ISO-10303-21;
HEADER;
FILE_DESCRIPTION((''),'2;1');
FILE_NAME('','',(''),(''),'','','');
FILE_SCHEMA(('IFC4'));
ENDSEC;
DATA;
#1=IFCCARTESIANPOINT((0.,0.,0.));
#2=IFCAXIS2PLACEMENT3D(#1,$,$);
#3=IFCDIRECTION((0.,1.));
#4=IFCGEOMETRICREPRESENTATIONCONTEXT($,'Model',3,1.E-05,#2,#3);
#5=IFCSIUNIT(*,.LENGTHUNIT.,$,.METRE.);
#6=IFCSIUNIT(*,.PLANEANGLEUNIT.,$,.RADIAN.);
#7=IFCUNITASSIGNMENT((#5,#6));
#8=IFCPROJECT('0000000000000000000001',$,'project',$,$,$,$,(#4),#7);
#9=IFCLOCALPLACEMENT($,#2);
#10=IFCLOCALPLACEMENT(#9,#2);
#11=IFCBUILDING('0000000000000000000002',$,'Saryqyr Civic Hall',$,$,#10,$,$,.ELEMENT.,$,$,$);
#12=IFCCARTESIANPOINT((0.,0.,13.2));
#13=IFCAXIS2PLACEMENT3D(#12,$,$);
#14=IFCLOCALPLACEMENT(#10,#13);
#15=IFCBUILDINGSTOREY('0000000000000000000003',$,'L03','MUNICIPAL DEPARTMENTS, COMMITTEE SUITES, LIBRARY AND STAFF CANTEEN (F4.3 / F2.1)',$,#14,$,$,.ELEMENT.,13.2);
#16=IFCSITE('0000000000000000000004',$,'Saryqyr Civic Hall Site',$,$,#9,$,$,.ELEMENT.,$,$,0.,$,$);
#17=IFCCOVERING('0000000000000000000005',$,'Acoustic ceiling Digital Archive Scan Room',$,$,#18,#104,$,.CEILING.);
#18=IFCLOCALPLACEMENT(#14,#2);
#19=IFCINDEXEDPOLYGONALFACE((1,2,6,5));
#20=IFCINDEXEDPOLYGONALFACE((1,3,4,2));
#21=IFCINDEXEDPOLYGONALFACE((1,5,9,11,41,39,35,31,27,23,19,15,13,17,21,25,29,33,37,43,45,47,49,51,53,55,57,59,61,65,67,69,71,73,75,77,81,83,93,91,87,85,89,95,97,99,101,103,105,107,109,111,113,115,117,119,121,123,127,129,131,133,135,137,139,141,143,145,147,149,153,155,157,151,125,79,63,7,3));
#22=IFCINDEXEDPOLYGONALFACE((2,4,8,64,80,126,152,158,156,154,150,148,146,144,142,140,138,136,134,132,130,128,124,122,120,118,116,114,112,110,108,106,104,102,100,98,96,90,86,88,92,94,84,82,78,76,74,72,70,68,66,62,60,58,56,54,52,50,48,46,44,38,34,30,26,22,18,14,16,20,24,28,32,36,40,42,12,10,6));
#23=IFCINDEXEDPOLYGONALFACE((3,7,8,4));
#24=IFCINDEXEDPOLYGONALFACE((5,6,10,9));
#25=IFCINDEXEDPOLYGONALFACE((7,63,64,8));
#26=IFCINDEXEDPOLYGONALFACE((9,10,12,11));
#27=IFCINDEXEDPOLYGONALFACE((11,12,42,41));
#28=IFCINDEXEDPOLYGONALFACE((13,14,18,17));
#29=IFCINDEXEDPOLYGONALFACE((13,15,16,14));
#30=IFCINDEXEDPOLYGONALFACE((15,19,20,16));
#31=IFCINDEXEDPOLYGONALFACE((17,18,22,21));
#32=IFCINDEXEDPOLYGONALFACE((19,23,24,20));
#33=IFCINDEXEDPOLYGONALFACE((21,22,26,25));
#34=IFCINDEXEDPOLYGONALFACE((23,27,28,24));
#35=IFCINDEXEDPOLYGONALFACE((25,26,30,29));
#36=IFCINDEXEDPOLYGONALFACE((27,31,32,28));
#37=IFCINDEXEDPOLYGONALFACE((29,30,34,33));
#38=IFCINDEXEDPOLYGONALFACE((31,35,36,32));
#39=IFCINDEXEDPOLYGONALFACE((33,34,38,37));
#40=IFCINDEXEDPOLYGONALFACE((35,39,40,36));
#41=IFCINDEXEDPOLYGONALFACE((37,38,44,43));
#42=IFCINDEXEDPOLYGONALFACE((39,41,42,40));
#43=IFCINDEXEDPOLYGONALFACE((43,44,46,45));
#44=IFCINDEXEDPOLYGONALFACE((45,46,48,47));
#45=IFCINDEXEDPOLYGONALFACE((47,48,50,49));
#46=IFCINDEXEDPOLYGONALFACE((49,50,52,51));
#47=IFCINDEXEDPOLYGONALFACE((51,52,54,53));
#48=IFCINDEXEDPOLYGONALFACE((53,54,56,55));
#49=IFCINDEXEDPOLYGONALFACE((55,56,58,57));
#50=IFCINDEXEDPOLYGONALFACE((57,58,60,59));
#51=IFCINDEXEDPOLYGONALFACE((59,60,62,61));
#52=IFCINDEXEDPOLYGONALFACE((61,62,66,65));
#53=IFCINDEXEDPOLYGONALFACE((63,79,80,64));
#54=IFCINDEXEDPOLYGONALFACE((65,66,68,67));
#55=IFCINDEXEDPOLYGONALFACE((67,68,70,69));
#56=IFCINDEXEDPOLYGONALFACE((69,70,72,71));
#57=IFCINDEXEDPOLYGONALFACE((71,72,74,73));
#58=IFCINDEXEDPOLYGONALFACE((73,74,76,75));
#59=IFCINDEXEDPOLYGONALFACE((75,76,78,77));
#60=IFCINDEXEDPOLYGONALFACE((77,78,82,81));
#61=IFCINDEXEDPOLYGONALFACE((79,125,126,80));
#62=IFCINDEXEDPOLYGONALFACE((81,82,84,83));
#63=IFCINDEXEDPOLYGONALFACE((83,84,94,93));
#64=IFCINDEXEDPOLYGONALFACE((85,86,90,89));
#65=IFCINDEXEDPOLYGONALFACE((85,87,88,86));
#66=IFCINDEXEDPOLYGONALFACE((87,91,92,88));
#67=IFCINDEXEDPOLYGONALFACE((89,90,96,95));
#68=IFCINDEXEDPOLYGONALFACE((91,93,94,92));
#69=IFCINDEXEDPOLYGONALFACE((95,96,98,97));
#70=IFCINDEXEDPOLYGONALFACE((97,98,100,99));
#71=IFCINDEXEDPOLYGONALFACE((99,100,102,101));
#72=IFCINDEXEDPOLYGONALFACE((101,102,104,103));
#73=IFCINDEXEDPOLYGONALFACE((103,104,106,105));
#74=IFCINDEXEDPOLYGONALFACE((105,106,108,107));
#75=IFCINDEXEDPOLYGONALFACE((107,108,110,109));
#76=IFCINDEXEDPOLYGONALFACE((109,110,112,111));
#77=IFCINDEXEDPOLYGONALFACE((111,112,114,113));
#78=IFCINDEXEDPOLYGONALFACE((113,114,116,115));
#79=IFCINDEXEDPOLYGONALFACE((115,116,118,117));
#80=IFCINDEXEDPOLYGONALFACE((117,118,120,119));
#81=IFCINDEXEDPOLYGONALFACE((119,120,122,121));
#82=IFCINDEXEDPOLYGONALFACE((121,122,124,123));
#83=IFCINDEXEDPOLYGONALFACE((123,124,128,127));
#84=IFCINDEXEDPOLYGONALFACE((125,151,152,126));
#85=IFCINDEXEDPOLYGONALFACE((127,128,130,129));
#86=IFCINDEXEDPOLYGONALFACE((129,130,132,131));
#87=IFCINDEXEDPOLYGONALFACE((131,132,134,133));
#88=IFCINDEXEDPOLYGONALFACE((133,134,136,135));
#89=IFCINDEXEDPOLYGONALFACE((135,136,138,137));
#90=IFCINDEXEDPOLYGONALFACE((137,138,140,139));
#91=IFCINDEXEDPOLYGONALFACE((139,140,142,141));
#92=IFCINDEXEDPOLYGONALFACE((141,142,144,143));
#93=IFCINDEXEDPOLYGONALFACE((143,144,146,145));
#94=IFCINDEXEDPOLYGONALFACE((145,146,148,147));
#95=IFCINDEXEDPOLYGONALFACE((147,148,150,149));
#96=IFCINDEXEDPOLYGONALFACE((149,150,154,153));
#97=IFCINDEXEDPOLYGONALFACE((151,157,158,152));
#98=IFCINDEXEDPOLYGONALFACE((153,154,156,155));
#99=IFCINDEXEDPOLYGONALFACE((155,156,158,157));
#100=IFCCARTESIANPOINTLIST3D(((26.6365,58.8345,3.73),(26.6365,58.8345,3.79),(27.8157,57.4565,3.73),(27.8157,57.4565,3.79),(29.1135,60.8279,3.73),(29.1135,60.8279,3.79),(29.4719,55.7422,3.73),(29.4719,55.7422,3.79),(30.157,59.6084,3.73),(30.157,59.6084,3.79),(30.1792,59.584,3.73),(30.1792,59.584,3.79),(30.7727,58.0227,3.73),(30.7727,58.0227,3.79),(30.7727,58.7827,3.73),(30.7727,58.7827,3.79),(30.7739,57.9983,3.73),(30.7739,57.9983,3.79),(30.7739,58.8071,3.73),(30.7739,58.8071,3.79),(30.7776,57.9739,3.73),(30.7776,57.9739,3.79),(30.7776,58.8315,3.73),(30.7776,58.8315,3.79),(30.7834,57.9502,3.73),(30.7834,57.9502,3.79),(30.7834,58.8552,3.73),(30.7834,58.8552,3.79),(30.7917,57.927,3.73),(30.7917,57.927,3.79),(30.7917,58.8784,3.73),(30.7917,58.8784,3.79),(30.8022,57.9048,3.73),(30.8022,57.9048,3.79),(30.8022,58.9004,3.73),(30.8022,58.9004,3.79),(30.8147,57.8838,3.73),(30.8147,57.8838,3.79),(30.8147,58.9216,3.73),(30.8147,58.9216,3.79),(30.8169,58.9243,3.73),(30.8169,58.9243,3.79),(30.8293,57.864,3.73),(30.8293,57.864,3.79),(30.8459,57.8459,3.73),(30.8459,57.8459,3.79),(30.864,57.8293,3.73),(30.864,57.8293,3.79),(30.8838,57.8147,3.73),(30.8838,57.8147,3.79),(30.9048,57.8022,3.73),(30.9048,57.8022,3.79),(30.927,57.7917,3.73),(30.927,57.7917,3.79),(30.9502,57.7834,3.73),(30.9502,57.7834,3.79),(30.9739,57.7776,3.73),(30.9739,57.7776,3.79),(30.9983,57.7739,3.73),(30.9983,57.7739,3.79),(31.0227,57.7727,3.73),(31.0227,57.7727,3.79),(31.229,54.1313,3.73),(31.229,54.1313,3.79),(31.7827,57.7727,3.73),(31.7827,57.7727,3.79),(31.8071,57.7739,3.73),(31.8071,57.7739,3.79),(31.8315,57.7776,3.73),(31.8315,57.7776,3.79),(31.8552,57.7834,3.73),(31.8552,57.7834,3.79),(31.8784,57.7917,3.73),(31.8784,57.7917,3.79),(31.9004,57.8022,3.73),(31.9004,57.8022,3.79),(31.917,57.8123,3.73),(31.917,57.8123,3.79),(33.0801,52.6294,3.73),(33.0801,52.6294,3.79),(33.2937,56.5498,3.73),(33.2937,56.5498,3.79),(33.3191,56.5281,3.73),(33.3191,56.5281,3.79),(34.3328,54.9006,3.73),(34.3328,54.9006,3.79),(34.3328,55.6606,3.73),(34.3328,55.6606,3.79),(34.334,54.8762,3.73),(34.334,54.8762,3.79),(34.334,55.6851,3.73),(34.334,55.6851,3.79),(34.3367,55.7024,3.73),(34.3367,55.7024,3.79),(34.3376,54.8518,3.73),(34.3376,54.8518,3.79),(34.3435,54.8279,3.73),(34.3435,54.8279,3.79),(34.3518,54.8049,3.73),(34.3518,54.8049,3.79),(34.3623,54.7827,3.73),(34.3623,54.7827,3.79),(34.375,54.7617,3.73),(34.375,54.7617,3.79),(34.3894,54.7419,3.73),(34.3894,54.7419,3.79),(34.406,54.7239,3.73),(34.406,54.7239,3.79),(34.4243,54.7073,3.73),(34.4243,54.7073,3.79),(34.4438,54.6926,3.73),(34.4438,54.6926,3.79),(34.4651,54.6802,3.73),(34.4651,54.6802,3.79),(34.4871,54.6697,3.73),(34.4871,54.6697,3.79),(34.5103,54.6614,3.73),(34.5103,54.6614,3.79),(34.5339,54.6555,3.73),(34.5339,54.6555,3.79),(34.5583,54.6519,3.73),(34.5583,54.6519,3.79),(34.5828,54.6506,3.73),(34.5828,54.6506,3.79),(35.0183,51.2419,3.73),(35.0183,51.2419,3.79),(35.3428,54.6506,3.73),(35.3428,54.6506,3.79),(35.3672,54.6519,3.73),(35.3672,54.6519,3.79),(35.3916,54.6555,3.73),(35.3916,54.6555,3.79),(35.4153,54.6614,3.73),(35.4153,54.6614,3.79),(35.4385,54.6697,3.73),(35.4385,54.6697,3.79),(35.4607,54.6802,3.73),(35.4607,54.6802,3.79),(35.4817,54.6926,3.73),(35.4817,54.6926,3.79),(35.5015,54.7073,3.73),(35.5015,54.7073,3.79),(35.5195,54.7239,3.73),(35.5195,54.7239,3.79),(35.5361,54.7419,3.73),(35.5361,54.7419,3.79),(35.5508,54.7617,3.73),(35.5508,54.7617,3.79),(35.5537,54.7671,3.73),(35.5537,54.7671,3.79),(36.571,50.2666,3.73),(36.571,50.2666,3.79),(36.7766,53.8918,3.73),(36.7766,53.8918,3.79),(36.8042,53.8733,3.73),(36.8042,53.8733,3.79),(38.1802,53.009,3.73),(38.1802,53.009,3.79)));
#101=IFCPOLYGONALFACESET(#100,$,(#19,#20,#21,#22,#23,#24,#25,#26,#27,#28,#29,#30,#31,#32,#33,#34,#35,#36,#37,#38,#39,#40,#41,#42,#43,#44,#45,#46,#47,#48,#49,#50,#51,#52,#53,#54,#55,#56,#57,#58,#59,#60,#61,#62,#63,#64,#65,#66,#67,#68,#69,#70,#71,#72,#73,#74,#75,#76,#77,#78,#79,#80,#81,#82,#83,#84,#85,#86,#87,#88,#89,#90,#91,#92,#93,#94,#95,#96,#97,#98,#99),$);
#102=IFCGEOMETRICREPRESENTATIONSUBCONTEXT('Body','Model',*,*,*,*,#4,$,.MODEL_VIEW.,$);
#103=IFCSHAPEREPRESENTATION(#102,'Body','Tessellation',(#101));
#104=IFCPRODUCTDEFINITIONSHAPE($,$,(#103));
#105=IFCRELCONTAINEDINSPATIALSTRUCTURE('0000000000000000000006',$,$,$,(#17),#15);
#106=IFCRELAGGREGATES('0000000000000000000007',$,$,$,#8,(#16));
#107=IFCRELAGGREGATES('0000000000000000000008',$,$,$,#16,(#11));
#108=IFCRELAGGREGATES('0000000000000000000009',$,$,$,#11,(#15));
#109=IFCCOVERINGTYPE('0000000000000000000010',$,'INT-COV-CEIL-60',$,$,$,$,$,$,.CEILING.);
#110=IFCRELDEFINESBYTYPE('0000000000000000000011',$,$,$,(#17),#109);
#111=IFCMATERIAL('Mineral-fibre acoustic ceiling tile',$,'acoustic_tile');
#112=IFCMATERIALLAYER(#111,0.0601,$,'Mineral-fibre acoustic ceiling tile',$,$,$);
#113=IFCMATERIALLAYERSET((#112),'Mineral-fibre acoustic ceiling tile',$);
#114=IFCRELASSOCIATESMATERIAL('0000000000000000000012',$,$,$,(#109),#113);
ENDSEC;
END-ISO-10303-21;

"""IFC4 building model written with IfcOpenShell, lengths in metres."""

from ifc_helpers import new_model, si_unit, direction, frame, origin, place, context, subcontext, project, spatial, polyline, outline, extrude, material, layer, layer_set, type_object, element, save


model = new_model("IFC4")

# Units and contexts
model_context = context("Model", 3, precision=1e-05, world=origin(), true_north=direction((0.0, 1.0)))
body_context = subcontext(model_context, "Body", "Model", "MODEL_VIEW")
ifc_project = project(units=[si_unit("LENGTHUNIT", "METRE"), si_unit("PLANEANGLEUNIT", "RADIAN")], contexts=[model_context])

# Site, building, storey
site_placement = place(None, origin())
site = spatial("IfcSite", under=ifc_project, at=site_placement, Name="Saryqyr Civic Hall Site", CompositionType="ELEMENT", RefElevation=0.0)
building_placement = place(site_placement, origin())
building = spatial("IfcBuilding", under=site, at=building_placement, Name="Saryqyr Civic Hall", CompositionType="ELEMENT")
storey_placement = place(building_placement, frame((0.0, 0.0, 13.2)))
storey = spatial("IfcBuildingStorey", under=building, at=storey_placement, Name="L03", Description="MUNICIPAL DEPARTMENTS, COMMITTEE SUITES, LIBRARY AND STAFF CANTEEN (F4.3 / F2.1)", CompositionType="ELEMENT", Elevation=13.2)

# Covering
ifc_material_1 = material(Name="Mineral-fibre acoustic ceiling tile", Category="acoustic_tile")
ifc_layer_1 = layer(ifc_material_1, 0.0601, Name="Mineral-fibre acoustic ceiling tile")
ifc_layer_set_1 = layer_set([ifc_layer_1], Name="Mineral-fibre acoustic ceiling tile")
covering_type = type_object("IfcCoveringType", Name="INT-COV-CEIL-60", PredefinedType="CEILING", material=ifc_layer_set_1)
covering_1_placement = place(storey_placement, frame((0.0, 0.0, 3.73)))
element("IfcCovering", 1, at=covering_1_placement, inside=storey, type_object=covering_type, Name="Acoustic ceiling Digital Archive Scan Room", PredefinedType="CEILING", context=body_context, shape_type="SweptSolid", body=[
    extrude(outline(polyline([(30.8147, 58.9216), (30.8022, 58.9004), (30.7917, 58.8784), (30.7834, 58.8552), (30.7776, 58.8315), (30.7739, 58.8071), (30.7727, 58.7827), (30.7727, 58.0227), (30.7739, 57.9983), (30.7776, 57.9739), (30.7834, 57.9502), (30.7917, 57.927), (30.8022, 57.9048), (30.8147, 57.8838), (30.8293, 57.864), (30.8459, 57.8459), (30.864, 57.8293), (30.8838, 57.8147), (30.9048, 57.8022), (30.927, 57.7917), (30.9502, 57.7834), (30.9739, 57.7776), (30.9983, 57.7739), (31.0227, 57.7727), (31.7827, 57.7727), (31.8071, 57.7739), (31.8315, 57.7776), (31.8552, 57.7834), (31.8784, 57.7917), (31.9004, 57.8022), (31.917, 57.8123), (33.2937, 56.5498), (33.3191, 56.5281), (34.3367, 55.7024), (34.334, 55.6851), (34.3328, 55.6606), (34.3328, 54.9006), (34.334, 54.8762), (34.3376, 54.8518), (34.3435, 54.8279), (34.3518, 54.8049), (34.3623, 54.7827), (34.375, 54.7617), (34.3894, 54.7419), (34.406, 54.7239), (34.4243, 54.7073), (34.4438, 54.6926), (34.4651, 54.6802), (34.4871, 54.6697), (34.5103, 54.6614), (34.5339, 54.6555), (34.5583, 54.6519), (34.5828, 54.6506), (35.3428, 54.6506), (35.3672, 54.6519), (35.3916, 54.6555), (35.4153, 54.6614), (35.4385, 54.6697), (35.4607, 54.6802), (35.4817, 54.6926), (35.5015, 54.7073), (35.5195, 54.7239), (35.5361, 54.7419), (35.5508, 54.7617), (35.5537, 54.7671), (36.7766, 53.8918), (36.8042, 53.8733), (38.1802, 53.009), (36.571, 50.2666), (35.0183, 51.2419), (33.0801, 52.6294), (31.229, 54.1313), (29.4719, 55.7422), (27.8157, 57.4565), (26.6365, 58.8345), (29.1135, 60.8279), (30.157, 59.6084), (30.1792, 59.584), (30.8169, 58.9243), (30.8147, 58.9216)])), origin(), (0.0, 0.0, 1.0), 0.0601),
])

save(model, "model.ifc")
